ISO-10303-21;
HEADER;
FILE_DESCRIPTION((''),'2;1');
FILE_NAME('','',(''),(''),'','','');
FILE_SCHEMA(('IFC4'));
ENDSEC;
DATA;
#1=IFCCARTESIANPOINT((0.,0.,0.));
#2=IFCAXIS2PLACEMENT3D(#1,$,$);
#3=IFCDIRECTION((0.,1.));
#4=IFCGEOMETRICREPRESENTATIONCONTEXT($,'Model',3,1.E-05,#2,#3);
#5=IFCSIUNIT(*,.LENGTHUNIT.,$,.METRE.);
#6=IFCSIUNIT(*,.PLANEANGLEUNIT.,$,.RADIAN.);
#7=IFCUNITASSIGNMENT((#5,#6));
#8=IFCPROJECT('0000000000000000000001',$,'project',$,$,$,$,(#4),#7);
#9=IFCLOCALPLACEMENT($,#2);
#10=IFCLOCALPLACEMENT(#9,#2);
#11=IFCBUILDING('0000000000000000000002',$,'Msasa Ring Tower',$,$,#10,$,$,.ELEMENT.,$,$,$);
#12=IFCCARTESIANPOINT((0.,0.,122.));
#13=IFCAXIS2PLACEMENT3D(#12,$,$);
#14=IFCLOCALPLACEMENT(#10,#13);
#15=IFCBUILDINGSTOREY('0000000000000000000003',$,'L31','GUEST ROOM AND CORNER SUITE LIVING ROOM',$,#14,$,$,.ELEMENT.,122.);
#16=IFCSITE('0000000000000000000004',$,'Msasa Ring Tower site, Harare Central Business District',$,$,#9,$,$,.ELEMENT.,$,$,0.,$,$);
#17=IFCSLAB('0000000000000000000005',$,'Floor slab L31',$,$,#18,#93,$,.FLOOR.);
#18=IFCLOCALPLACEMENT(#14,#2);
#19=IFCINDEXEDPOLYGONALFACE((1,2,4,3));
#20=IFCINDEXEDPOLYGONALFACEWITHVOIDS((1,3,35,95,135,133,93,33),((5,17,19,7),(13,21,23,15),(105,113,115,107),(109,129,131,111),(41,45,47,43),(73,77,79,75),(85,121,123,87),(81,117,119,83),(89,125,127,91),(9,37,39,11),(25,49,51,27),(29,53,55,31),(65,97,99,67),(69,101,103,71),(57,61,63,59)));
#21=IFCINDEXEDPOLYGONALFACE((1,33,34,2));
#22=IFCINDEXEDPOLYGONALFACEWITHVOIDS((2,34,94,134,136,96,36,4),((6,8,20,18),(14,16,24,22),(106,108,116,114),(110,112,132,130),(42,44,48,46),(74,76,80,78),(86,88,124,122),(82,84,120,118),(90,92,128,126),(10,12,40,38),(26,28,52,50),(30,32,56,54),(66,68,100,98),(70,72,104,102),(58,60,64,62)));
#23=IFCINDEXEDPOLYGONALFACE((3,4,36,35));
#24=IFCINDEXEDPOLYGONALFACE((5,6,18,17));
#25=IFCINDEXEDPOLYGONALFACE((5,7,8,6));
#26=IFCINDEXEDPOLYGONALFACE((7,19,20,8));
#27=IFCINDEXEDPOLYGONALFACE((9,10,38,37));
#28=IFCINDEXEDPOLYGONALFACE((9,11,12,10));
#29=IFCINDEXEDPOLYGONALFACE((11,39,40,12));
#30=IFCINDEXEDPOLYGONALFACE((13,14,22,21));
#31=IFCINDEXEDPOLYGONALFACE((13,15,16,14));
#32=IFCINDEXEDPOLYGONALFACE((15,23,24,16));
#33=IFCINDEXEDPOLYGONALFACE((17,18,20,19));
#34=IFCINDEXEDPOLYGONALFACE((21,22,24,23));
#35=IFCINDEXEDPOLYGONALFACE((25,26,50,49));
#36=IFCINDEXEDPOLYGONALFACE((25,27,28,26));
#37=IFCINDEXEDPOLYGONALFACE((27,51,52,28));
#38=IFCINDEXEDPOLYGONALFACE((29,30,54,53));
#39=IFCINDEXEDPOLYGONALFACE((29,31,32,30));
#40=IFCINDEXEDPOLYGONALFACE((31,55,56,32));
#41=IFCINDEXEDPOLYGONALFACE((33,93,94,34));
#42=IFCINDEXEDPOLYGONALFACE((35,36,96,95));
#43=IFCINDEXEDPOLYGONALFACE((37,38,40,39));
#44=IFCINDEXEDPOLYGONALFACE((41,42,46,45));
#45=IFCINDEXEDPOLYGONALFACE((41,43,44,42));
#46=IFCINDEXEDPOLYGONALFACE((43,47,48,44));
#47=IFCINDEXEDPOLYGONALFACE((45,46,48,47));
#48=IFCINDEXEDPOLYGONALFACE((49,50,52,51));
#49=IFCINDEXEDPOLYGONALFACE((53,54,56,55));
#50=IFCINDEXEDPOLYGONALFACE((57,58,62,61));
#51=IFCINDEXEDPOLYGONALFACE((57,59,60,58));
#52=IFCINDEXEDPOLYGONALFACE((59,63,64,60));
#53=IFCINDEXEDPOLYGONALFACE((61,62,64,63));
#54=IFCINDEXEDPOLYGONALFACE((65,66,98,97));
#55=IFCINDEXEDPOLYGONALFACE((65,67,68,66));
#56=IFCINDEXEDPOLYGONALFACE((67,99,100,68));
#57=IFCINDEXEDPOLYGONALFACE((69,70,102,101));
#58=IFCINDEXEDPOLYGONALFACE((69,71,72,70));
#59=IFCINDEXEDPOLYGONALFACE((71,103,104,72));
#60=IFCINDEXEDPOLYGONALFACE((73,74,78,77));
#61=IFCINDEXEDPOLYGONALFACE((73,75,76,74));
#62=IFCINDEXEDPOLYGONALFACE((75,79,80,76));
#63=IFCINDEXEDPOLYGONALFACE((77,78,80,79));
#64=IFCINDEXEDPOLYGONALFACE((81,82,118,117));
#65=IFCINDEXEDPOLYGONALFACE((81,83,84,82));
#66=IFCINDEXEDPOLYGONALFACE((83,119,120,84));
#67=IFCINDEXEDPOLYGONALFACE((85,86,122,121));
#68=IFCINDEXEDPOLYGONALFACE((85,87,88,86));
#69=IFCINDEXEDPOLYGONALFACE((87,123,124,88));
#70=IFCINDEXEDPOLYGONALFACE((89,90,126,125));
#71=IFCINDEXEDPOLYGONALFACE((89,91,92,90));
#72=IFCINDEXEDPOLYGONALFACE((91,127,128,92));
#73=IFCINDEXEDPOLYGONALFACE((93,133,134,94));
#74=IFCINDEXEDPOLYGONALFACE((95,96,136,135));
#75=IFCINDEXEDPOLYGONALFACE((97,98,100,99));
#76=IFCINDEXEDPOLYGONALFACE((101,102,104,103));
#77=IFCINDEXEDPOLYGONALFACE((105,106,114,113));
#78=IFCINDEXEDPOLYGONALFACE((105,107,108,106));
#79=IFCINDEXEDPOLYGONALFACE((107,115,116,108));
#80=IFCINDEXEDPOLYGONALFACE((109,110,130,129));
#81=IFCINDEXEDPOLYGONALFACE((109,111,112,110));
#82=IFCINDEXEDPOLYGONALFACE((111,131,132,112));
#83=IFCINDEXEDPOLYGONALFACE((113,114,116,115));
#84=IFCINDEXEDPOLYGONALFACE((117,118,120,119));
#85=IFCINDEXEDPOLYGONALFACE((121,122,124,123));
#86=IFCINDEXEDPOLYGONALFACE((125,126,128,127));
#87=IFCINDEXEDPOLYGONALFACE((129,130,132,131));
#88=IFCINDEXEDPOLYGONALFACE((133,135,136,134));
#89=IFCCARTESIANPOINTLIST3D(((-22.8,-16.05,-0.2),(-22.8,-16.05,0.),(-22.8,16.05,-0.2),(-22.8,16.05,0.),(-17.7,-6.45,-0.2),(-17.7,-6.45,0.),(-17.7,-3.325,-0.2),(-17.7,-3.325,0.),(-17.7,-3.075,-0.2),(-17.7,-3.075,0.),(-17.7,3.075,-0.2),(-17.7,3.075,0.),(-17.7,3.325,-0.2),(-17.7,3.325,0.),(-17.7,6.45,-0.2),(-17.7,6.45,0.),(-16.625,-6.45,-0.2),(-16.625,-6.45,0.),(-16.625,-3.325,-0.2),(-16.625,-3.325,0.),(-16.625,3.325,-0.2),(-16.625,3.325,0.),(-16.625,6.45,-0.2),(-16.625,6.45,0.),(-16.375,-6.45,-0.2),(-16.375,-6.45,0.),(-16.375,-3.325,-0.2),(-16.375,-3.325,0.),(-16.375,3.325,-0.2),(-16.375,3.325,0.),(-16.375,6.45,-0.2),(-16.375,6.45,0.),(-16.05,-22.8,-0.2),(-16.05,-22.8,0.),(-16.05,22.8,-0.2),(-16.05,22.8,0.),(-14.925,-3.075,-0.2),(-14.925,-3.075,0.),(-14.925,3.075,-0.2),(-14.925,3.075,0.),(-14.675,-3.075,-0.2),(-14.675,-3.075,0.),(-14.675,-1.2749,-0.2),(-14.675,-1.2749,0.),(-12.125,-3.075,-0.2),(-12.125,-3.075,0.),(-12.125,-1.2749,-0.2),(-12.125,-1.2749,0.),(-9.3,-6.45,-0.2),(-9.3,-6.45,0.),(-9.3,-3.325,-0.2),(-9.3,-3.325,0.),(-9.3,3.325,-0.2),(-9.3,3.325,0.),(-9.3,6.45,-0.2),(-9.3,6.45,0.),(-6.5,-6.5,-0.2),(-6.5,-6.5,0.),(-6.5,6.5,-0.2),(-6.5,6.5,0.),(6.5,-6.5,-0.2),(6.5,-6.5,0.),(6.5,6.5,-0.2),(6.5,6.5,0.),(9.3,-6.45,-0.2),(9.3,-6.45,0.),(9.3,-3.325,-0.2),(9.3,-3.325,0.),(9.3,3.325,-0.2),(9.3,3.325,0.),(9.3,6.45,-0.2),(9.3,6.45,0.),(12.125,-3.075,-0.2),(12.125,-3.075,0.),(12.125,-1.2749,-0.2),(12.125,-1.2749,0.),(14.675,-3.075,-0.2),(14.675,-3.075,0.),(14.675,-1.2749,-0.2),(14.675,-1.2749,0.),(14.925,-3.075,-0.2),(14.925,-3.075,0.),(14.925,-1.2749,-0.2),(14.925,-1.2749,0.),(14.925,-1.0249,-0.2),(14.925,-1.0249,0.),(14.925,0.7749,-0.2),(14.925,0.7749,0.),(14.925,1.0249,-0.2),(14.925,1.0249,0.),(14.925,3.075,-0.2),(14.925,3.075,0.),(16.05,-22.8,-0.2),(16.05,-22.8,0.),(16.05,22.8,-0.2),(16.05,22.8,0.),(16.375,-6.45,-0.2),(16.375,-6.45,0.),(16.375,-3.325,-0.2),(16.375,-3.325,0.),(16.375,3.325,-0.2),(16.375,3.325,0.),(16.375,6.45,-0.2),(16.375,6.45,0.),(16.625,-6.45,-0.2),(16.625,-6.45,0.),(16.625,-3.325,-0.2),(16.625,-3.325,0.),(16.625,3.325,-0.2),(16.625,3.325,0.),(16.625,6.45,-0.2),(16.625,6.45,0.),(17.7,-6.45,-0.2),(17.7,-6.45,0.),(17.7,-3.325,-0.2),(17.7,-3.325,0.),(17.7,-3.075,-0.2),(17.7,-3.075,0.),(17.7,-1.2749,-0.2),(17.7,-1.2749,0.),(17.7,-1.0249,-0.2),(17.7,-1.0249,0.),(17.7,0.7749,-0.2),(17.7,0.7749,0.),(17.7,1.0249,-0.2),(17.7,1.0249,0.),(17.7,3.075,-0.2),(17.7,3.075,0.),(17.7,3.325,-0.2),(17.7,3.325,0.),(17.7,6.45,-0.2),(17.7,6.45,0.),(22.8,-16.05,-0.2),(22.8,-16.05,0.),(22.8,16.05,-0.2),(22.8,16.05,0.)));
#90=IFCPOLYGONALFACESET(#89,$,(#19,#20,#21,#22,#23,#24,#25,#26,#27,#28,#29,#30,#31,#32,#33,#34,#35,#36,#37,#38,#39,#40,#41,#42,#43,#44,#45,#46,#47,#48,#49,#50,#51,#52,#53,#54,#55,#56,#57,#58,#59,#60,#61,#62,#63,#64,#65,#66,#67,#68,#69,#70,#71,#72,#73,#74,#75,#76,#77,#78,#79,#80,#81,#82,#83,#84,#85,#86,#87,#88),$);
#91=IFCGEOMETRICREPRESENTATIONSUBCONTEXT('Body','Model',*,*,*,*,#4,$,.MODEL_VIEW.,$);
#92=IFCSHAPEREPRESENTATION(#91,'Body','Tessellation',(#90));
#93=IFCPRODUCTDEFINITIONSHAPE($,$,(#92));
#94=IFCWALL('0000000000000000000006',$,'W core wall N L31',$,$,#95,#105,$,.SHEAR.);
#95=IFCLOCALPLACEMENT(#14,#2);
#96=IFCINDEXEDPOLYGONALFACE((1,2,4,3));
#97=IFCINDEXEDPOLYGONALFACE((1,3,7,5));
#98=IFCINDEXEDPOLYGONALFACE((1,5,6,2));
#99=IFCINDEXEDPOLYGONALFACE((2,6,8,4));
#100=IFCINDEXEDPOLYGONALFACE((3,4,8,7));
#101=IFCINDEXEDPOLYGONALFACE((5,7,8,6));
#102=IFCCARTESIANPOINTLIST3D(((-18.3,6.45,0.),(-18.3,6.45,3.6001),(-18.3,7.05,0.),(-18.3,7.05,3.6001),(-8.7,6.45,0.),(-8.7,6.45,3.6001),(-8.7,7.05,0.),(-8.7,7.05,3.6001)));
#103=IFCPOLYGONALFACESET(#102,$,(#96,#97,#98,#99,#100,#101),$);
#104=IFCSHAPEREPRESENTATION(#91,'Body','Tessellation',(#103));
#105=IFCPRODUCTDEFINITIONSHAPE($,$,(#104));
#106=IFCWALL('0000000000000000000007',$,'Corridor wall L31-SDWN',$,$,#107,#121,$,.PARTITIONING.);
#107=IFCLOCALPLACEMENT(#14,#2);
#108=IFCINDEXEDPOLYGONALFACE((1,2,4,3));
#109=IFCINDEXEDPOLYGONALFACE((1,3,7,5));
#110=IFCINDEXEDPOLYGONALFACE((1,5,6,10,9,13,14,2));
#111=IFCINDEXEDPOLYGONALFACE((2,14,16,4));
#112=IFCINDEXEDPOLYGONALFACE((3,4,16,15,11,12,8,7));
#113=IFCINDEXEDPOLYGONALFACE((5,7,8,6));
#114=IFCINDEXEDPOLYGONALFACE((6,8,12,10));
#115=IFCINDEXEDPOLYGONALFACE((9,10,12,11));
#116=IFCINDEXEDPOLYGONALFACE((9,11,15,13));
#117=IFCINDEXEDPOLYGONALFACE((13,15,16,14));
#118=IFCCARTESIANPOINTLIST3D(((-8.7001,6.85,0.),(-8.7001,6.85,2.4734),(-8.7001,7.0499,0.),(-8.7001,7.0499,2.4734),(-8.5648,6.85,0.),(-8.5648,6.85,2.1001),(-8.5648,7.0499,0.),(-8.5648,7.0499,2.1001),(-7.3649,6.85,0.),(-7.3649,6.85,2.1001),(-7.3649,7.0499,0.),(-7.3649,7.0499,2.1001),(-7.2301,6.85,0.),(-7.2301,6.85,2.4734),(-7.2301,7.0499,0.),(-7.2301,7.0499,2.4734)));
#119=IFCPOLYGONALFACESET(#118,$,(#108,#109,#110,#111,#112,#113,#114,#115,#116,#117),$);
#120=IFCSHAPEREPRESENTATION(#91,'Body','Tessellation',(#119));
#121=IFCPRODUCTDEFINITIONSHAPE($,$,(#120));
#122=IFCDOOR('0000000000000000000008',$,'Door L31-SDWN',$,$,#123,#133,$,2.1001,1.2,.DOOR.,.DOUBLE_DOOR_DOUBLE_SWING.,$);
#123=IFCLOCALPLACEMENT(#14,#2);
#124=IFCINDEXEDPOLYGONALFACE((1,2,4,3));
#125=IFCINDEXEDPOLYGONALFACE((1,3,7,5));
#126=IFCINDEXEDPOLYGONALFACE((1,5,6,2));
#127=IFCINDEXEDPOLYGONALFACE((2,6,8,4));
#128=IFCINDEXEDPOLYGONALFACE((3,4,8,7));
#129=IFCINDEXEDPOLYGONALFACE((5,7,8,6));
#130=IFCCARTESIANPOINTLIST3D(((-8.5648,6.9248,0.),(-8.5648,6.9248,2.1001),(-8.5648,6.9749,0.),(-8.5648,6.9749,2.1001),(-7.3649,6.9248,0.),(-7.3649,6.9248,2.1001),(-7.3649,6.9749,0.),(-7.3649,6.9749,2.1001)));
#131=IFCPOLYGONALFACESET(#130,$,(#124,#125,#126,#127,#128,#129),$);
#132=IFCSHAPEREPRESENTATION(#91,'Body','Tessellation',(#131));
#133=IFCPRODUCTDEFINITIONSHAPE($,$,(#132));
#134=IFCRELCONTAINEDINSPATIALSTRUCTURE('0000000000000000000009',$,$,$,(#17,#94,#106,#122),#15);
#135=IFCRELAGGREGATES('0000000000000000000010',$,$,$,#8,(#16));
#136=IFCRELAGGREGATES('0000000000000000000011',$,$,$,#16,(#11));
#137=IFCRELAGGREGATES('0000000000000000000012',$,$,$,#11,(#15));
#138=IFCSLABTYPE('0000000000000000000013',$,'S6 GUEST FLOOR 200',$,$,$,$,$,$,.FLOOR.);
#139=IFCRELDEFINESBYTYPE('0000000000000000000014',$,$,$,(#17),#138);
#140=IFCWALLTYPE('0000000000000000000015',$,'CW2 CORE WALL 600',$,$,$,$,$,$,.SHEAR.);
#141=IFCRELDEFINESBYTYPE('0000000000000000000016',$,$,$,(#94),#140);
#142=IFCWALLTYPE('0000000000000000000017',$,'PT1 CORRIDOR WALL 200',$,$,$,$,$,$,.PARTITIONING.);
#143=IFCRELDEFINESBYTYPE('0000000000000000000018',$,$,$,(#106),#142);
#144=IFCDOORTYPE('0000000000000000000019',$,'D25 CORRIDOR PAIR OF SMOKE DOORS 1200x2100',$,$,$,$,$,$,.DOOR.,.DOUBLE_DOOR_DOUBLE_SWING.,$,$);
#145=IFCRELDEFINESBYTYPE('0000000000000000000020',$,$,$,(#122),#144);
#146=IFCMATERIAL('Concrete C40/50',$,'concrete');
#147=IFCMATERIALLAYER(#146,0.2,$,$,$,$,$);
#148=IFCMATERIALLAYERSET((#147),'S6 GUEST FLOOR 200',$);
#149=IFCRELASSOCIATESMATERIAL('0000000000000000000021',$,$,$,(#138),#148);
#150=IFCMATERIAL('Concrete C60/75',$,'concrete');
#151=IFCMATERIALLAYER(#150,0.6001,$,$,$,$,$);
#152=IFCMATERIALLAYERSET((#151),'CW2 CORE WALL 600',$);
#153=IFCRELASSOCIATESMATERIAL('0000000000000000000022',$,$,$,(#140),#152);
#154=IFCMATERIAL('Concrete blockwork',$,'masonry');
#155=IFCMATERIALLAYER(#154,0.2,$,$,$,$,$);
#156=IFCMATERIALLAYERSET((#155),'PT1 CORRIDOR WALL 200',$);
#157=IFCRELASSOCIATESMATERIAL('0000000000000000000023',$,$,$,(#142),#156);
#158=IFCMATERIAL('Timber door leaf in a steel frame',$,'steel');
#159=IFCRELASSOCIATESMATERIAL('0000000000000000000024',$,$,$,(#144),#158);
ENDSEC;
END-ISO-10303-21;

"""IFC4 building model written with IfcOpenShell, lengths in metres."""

from ifc_helpers import new_model, si_unit, direction, frame, frame_2d, origin, place, context, subcontext, project, spatial, polyline, rectangle, outline, extrude, material, layer, layer_set, type_object, element, fill, save


model = new_model("IFC4")

# Units and contexts
model_context = context("Model", 3, precision=1e-05, world=origin(), true_north=direction((0.0, 1.0)))
body_context = subcontext(model_context, "Body", "Model", "MODEL_VIEW")
ifc_project = project(units=[si_unit("LENGTHUNIT", "METRE"), si_unit("PLANEANGLEUNIT", "RADIAN")], contexts=[model_context])

# Site, building, storey
site_placement = place(None, origin())
site = spatial("IfcSite", under=ifc_project, at=site_placement, Name="Msasa Ring Tower site, Harare Central Business District", CompositionType="ELEMENT", RefElevation=0.0)
building_placement = place(site_placement, origin())
building = spatial("IfcBuilding", under=site, at=building_placement, Name="Msasa Ring Tower", CompositionType="ELEMENT")
storey_placement = place(building_placement, frame((0.0, 0.0, 122.0)))
storey = spatial("IfcBuildingStorey", under=building, at=storey_placement, Name="L31", Description="GUEST ROOM AND CORNER SUITE LIVING ROOM", CompositionType="ELEMENT", Elevation=122.0)

# Slab
ifc_material_1 = material(Name="Concrete C40/50", Category="concrete")
ifc_layer_1 = layer(ifc_material_1, 0.2)
ifc_layer_set_1 = layer_set([ifc_layer_1], Name="S6 GUEST FLOOR 200")
slab_type = type_object("IfcSlabType", Name="S6 GUEST FLOOR 200", PredefinedType="FLOOR", material=ifc_layer_set_1)
slab_placement = place(storey_placement, frame((0.0, 0.0, -0.2)))
element("IfcSlab", 1, at=slab_placement, inside=storey, type_object=slab_type, Name="Floor slab L31", PredefinedType="FLOOR", context=body_context, shape_type="SweptSolid", body=[
    extrude(outline(polyline([(-16.05, -22.8), (16.05, -22.8), (22.8, -16.05), (22.8, 16.05), (16.05, 22.8), (-16.05, 22.8), (-22.8, 16.05), (-22.8, -16.05), (-16.05, -22.8)]), holes=[polyline([(-6.5, -6.5), (6.5, -6.5), (6.5, 6.5), (-6.5, 6.5), (-6.5, -6.5)]), polyline([(9.3, -6.45), (16.375, -6.45), (16.375, -3.325), (9.3, -3.325), (9.3, -6.45)]), polyline([(9.3, 3.325), (16.375, 3.325), (16.375, 6.45), (9.3, 6.45), (9.3, 3.325)]), polyline([(12.125, -3.075), (14.675, -3.075), (14.675, -1.2749), (12.125, -1.2749), (12.125, -3.075)]), polyline([(16.625, -6.45), (17.7, -6.45), (17.7, -3.325), (16.625, -3.325), (16.625, -6.45)]), polyline([(16.625, 3.325), (17.7, 3.325), (17.7, 6.45), (16.625, 6.45), (16.625, 3.325)]), polyline([(14.925, -3.075), (17.7, -3.075), (17.7, -1.2749), (14.925, -1.2749), (14.925, -3.075)]), polyline([(14.925, -1.0249), (17.7, -1.0249), (17.7, 0.7749), (14.925, 0.7749), (14.925, -1.0249)]), polyline([(14.925, 1.0249), (17.7, 1.0249), (17.7, 3.075), (14.925, 3.075), (14.925, 1.0249)]), polyline([(-16.375, -6.45), (-9.3, -6.45), (-9.3, -3.325), (-16.375, -3.325), (-16.375, -6.45)]), polyline([(-16.375, 3.325), (-9.3, 3.325), (-9.3, 6.45), (-16.375, 6.45), (-16.375, 3.325)]), polyline([(-14.675, -3.075), (-12.125, -3.075), (-12.125, -1.2749), (-14.675, -1.2749), (-14.675, -3.075)]), polyline([(-17.7, -6.45), (-16.625, -6.45), (-16.625, -3.325), (-17.7, -3.325), (-17.7, -6.45)]), polyline([(-17.7, 3.325), (-16.625, 3.325), (-16.625, 6.45), (-17.7, 6.45), (-17.7, 3.325)]), polyline([(-17.7, -3.075), (-14.925, -3.075), (-14.925, 3.075), (-17.7, 3.075), (-17.7, -3.075)])]), origin(), (0.0, 0.0, 1.0), 0.2),
])

# Wall
ifc_material_2 = material(Name="Concrete C60/75", Category="concrete")
ifc_layer_2 = layer(ifc_material_2, 0.6001)
ifc_layer_set_2 = layer_set([ifc_layer_2], Name="CW2 CORE WALL 600")
wall_type_1 = type_object("IfcWallType", Name="CW2 CORE WALL 600", PredefinedType="SHEAR", material=ifc_layer_set_2)
wall_1_placement = place(storey_placement, frame((-8.7, 6.75, 0.0), z_axis=(0.0, 0.0, 1.0), x_axis=(-1.0, 0.0, 0.0)))
element("IfcWall", 2, at=wall_1_placement, inside=storey, type_object=wall_type_1, Name="W core wall N L31", PredefinedType="SHEAR", context=body_context, shape_type="SweptSolid", body=[
    extrude(rectangle(XDim=9.6001, YDim=0.6001, at=frame_2d((4.8, 0.0))), origin(), (0.0, 0.0, 1.0), 3.6001),
])

# Wall, opening, door
ifc_material_3 = material(Name="Concrete blockwork", Category="masonry")
ifc_layer_3 = layer(ifc_material_3, 0.2)
ifc_layer_set_3 = layer_set([ifc_layer_3], Name="PT1 CORRIDOR WALL 200")
wall_type_2 = type_object("IfcWallType", Name="PT1 CORRIDOR WALL 200", PredefinedType="PARTITIONING", material=ifc_layer_set_3)
wall_2_placement = place(storey_placement, frame((-8.7, 6.95, 0.0), z_axis=(0.0, 0.0, 1.0), x_axis=(1.0, 0.0, 0.0)))
wall_2 = element("IfcWall", 3, at=wall_2_placement, inside=storey, type_object=wall_type_2, Name="Corridor wall L31-SDWN", PredefinedType="PARTITIONING", context=body_context, shape_type="SweptSolid", body=[
    extrude(rectangle(XDim=1.47, YDim=0.2, at=frame_2d((0.7349, 0.0))), origin(), (0.0, 0.0, 1.0), 2.4734),
])
opening_placement = place(wall_2_placement, frame((0.135, 0.0, 0.0)))
opening = element("IfcOpeningElement", 4, at=opening_placement, cuts=wall_2, PredefinedType="OPENING", context=body_context, shape_type="SweptSolid", body=[
    extrude(rectangle(XDim=1.2, YDim=2.1001, at=frame_2d((0.6001, 1.05))), frame((0.0, 0.1099, 0.0), z_axis=(0.0, -1.0, 0.0), x_axis=(1.0, 0.0, 0.0)), (0.0, 0.0, 1.0), 0.22),
])
ifc_material_4 = material(Name="Timber door leaf in a steel frame", Category="steel")
door_type = type_object("IfcDoorType", Name="D25 CORRIDOR PAIR OF SMOKE DOORS 1200x2100", OperationType="DOUBLE_DOOR_DOUBLE_SWING", PredefinedType="DOOR", material=ifc_material_4)
door_placement = place(opening_placement, origin())
door = element("IfcDoor", 5, at=door_placement, inside=storey, type_object=door_type, Name="Door L31-SDWN", OperationType="DOUBLE_DOOR_DOUBLE_SWING", OverallHeight=2.1001, OverallWidth=1.2, PredefinedType="DOOR", context=body_context, shape_type="SweptSolid", body=[
    extrude(rectangle(XDim=1.2, YDim=2.1001, at=frame_2d((0.6001, 1.05))), frame((0.0, 0.0249, 0.0), z_axis=(0.0, -1.0, 0.0), x_axis=(1.0, 0.0, 0.0)), (0.0, 0.0, 1.0), 0.05),
])
fill(opening, door)

save(model, "model.ifc")
